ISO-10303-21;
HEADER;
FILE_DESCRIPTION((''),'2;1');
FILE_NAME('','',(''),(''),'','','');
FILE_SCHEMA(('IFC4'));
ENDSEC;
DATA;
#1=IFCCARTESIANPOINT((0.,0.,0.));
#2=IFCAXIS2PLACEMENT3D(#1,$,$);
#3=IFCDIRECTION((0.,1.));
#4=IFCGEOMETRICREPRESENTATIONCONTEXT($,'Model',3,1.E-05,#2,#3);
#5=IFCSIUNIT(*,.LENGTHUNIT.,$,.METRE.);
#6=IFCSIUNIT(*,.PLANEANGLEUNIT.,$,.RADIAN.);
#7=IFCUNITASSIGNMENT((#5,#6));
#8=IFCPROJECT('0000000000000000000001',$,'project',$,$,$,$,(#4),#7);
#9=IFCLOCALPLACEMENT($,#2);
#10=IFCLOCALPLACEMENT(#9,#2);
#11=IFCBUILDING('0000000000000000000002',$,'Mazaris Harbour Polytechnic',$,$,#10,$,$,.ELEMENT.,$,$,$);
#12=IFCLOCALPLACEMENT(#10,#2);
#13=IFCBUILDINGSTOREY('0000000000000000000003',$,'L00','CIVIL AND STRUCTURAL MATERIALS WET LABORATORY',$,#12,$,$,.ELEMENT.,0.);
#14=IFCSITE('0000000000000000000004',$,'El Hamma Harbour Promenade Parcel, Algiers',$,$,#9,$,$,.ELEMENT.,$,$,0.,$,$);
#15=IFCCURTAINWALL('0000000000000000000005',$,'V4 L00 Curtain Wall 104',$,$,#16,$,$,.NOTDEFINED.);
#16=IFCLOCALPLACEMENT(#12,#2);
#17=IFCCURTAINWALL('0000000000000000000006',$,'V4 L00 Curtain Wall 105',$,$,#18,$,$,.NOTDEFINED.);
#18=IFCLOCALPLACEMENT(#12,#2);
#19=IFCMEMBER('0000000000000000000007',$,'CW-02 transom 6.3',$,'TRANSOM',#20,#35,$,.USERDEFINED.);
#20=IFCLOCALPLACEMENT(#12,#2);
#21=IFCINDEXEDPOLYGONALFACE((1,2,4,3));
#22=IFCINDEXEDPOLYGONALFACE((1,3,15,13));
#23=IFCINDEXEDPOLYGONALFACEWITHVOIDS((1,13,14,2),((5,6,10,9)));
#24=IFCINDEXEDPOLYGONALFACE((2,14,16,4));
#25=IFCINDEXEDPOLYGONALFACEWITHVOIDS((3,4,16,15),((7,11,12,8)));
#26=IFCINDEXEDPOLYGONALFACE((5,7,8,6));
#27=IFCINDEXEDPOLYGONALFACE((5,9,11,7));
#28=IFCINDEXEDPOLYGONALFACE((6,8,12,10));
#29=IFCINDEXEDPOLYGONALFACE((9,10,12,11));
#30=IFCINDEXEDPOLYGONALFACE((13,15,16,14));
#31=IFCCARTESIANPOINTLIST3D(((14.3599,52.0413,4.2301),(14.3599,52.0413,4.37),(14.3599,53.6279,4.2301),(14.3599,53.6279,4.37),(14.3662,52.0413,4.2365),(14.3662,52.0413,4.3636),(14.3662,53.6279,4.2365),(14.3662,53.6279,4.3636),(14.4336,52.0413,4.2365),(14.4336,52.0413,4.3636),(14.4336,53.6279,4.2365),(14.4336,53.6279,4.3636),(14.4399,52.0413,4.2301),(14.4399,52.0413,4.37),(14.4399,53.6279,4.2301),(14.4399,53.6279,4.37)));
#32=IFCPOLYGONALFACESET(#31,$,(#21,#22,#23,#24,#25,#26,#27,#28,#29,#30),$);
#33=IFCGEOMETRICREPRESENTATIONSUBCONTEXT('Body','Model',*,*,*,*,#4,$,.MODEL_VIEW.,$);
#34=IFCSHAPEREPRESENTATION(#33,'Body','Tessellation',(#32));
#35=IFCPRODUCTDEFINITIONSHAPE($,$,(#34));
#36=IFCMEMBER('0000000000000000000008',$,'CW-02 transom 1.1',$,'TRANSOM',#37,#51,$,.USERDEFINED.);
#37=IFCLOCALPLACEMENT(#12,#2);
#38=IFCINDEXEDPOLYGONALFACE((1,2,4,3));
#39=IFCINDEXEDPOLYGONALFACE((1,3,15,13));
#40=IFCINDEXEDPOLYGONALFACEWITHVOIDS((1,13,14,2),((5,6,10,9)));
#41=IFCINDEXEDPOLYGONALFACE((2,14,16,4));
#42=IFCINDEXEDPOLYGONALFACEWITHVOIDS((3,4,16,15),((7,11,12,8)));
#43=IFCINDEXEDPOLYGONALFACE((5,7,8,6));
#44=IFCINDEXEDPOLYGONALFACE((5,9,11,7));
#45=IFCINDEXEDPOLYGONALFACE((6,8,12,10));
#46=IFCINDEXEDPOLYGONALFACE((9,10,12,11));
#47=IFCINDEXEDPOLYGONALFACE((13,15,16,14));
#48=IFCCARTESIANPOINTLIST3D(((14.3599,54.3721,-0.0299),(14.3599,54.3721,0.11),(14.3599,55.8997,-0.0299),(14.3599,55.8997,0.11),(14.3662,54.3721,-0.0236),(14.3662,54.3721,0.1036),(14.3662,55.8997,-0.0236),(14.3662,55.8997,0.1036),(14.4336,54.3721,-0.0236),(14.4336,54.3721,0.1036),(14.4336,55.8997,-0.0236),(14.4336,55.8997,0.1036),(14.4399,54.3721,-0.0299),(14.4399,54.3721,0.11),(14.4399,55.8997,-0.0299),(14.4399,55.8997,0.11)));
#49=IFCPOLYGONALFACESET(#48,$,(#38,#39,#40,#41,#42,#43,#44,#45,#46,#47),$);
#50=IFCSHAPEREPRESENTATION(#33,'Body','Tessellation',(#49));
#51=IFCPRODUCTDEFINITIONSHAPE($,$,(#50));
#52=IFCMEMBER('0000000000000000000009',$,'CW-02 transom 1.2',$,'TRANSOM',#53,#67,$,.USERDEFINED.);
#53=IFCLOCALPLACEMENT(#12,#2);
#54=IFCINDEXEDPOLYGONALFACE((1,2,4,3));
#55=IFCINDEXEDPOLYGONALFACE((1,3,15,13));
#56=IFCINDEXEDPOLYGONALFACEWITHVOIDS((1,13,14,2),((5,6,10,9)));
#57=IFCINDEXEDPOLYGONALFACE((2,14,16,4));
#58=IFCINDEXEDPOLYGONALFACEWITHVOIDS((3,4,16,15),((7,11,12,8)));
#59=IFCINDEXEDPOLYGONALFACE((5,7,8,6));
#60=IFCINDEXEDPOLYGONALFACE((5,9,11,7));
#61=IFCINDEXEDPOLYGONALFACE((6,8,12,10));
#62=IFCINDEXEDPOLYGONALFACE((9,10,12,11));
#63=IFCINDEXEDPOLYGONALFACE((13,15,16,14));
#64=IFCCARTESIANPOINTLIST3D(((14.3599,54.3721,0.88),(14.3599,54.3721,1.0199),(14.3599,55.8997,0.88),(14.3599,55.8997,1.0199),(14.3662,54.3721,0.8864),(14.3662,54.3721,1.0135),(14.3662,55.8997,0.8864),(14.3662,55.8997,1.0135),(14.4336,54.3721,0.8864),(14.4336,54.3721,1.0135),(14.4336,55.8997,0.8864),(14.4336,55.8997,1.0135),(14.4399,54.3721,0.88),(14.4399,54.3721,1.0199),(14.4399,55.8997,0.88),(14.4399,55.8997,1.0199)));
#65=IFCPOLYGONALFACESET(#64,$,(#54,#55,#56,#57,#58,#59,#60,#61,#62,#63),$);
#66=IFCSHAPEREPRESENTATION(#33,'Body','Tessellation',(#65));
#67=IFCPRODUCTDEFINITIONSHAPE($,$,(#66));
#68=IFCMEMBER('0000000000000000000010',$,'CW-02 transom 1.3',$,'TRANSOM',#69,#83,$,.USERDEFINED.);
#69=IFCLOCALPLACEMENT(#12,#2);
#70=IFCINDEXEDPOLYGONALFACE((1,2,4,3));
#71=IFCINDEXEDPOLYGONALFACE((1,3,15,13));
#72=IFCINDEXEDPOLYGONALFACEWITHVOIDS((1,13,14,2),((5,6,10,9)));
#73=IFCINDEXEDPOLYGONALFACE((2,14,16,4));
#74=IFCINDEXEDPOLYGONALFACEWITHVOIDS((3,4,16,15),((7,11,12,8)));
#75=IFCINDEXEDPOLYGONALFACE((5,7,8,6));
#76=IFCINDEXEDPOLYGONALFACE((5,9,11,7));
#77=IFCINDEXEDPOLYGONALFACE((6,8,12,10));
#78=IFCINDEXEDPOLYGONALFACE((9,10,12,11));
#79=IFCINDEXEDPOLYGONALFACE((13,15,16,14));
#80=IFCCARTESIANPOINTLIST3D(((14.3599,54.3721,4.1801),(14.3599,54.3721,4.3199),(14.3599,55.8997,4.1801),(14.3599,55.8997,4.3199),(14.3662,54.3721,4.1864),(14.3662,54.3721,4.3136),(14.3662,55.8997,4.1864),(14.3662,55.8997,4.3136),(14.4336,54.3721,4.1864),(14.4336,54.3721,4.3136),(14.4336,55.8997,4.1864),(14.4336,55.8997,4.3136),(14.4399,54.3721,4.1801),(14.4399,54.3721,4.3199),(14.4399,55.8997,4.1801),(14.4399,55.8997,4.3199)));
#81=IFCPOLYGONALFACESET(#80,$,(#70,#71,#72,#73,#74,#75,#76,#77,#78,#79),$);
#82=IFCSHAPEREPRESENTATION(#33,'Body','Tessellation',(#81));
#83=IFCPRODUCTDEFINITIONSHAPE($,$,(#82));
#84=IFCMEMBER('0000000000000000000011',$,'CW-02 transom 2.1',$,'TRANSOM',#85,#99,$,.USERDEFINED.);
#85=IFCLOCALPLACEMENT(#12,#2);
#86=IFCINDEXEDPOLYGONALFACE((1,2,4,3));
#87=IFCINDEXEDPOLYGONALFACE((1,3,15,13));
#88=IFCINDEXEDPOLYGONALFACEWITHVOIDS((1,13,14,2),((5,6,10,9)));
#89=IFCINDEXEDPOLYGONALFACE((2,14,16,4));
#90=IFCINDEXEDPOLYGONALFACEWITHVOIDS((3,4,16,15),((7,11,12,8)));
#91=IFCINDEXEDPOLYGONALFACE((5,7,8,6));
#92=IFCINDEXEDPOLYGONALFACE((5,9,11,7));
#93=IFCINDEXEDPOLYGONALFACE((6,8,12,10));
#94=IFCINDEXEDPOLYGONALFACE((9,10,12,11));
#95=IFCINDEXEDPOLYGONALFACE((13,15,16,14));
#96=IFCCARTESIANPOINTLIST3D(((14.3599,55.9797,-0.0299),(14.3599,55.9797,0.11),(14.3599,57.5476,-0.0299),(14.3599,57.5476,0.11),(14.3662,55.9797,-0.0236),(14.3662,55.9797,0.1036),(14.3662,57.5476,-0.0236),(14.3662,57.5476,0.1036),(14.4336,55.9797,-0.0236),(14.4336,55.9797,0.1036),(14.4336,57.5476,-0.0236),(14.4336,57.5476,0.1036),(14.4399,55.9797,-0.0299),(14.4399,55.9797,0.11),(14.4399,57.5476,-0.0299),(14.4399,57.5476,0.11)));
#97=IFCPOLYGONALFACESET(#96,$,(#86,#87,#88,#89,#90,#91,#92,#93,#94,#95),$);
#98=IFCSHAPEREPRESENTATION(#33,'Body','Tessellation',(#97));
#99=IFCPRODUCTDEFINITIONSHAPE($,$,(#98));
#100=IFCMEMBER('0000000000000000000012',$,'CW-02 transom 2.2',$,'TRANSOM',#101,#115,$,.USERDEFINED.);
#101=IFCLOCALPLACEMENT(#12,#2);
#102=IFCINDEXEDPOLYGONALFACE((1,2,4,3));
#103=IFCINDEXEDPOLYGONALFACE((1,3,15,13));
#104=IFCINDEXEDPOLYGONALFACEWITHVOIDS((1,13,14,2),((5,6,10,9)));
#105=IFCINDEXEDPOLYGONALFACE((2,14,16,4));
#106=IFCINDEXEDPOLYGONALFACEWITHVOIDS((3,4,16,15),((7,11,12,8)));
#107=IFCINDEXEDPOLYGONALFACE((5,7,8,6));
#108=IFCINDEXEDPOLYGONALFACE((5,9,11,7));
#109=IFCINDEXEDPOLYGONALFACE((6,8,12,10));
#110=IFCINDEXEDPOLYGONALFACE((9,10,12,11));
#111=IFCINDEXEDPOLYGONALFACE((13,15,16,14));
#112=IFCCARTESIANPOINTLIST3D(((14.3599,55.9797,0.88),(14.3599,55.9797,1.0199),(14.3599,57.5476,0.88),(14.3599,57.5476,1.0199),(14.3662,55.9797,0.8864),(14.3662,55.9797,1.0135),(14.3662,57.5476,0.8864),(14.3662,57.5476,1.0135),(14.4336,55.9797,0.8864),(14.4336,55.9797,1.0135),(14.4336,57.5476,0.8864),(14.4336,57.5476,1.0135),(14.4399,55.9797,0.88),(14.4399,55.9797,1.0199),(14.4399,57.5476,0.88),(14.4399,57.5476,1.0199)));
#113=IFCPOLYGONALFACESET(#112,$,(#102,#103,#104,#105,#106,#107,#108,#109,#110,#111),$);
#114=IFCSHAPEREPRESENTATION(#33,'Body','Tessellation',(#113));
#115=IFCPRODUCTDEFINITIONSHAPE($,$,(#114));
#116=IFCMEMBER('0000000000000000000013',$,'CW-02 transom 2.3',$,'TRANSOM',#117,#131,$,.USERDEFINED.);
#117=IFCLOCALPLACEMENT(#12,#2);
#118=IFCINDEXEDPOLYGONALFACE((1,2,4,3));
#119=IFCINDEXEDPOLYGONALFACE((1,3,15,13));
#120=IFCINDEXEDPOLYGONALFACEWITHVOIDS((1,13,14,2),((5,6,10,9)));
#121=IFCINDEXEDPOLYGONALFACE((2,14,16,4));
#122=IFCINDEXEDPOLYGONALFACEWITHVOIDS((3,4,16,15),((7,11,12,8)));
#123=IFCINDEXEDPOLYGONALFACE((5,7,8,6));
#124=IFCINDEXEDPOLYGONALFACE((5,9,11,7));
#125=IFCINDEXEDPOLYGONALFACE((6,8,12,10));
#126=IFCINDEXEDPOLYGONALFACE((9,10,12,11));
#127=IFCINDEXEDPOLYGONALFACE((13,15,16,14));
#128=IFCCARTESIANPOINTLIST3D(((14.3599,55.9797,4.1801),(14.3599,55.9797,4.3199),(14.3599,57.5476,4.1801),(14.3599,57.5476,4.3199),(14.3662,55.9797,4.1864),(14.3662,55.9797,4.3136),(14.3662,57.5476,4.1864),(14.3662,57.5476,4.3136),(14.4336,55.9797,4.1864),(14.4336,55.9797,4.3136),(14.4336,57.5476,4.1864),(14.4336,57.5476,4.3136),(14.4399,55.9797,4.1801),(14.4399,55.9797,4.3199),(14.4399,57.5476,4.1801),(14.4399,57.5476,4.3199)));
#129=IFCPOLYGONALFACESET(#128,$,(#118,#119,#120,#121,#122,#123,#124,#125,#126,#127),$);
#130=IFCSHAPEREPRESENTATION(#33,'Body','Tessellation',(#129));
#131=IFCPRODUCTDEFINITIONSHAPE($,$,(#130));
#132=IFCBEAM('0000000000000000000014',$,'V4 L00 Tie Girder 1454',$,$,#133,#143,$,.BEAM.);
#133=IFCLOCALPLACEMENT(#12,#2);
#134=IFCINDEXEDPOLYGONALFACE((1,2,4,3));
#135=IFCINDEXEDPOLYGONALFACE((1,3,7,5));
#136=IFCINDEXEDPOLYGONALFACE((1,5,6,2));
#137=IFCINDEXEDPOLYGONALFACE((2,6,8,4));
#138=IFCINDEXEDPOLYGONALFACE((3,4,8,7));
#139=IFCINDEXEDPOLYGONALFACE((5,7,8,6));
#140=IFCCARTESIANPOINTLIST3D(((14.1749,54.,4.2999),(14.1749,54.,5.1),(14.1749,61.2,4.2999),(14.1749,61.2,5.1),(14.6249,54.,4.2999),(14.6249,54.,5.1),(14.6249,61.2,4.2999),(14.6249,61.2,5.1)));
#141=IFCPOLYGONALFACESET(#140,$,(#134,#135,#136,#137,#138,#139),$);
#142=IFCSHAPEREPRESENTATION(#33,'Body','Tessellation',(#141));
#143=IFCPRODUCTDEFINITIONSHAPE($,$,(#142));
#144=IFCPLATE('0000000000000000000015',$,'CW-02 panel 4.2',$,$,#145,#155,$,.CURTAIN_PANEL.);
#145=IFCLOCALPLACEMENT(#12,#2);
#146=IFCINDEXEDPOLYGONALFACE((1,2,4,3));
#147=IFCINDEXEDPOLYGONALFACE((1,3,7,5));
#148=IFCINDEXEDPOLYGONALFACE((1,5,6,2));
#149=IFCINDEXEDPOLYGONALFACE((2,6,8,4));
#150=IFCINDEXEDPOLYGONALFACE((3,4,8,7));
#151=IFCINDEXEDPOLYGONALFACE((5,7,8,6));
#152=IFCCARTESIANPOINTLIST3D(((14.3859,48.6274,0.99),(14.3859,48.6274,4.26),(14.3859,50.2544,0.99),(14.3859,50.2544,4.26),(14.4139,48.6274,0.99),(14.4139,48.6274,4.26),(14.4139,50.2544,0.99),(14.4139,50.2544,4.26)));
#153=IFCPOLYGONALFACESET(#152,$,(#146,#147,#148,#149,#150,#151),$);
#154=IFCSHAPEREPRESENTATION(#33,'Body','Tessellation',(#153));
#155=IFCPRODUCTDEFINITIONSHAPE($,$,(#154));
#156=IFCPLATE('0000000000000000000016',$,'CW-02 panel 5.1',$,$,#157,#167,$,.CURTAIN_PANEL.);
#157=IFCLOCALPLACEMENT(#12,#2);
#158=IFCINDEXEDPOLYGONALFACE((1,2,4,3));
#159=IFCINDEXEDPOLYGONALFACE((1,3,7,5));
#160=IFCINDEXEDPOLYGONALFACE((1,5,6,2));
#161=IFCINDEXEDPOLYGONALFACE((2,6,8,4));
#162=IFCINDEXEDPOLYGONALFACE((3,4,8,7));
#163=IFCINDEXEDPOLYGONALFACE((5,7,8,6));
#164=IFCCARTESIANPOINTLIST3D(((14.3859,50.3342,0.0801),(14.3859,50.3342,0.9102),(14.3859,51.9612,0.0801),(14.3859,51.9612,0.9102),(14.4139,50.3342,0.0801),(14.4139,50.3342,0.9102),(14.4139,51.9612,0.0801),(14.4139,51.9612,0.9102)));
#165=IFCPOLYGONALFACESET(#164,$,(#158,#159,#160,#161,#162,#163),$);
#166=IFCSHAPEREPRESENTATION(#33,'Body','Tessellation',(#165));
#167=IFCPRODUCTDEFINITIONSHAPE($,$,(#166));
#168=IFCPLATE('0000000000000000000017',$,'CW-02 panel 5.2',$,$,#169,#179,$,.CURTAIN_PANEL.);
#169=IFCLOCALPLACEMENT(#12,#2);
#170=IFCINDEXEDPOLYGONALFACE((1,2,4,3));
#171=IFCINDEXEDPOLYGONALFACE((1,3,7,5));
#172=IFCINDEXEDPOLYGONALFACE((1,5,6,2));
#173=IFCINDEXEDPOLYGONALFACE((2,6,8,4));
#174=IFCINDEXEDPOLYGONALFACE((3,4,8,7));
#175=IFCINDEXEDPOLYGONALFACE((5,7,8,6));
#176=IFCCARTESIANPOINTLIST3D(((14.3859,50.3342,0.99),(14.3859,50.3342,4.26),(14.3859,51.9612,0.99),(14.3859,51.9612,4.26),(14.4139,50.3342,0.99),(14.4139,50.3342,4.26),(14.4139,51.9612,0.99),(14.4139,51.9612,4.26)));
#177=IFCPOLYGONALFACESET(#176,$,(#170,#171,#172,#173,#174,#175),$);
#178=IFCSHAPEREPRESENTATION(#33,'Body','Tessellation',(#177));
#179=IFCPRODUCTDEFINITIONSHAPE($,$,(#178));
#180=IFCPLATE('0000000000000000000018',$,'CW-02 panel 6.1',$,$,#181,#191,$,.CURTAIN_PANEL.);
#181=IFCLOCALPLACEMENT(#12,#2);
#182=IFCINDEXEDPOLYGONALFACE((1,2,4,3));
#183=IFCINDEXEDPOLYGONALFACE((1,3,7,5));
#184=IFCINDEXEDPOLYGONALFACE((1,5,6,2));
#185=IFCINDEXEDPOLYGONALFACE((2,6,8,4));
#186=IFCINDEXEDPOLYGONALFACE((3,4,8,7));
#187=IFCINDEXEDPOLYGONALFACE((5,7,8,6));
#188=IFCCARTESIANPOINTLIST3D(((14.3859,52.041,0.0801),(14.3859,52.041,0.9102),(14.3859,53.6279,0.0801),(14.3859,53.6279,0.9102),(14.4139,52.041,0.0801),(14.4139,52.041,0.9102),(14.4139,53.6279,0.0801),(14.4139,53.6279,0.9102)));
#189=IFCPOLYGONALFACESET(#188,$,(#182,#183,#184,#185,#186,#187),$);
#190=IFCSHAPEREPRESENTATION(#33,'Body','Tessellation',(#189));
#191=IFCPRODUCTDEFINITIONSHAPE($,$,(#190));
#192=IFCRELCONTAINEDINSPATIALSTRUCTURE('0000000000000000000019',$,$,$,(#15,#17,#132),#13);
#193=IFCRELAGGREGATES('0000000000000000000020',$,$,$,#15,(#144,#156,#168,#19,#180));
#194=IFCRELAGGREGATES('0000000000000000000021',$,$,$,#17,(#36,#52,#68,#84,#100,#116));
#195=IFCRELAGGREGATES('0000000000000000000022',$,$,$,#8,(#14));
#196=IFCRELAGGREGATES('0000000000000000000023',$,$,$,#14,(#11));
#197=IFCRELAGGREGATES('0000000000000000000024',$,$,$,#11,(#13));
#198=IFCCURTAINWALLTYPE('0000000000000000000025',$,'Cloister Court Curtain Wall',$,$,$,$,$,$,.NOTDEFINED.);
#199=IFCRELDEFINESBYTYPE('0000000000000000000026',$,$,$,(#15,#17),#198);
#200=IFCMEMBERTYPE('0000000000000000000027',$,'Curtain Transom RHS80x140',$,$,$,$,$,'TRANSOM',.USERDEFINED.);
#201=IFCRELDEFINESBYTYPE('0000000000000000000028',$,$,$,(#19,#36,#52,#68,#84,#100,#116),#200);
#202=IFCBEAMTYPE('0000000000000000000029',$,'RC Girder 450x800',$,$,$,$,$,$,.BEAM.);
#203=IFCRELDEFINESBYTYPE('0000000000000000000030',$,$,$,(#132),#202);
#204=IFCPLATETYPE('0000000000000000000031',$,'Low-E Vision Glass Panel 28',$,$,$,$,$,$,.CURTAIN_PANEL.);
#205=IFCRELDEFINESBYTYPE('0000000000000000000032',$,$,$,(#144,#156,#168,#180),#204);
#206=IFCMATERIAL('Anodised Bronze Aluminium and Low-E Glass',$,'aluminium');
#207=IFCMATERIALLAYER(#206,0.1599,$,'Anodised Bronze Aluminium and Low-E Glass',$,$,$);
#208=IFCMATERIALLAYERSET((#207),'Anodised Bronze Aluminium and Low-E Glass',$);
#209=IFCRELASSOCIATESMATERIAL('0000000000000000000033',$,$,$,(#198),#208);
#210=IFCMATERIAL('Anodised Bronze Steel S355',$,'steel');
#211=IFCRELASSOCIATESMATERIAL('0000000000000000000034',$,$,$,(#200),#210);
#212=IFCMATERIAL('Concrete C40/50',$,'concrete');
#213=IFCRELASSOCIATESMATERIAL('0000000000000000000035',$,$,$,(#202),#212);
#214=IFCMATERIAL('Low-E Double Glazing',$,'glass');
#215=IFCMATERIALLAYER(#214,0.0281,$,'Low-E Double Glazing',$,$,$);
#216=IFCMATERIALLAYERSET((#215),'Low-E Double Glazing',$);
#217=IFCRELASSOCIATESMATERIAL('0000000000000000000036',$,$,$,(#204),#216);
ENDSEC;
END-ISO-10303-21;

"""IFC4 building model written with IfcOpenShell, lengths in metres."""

from ifc_helpers import new_model, si_unit, direction, frame, origin, origin_2d, place, context, subcontext, project, spatial, rectangle, hollow_rectangle, extrude, material, layer, layer_set, material_profile, profile_set, type_object, element, aggregate, save


model = new_model("IFC4")

# Units and contexts
model_context = context("Model", 3, precision=1e-05, world=origin(), true_north=direction((0.0, 1.0)))
body_context = subcontext(model_context, "Body", "Model", "MODEL_VIEW")
ifc_project = project(units=[si_unit("LENGTHUNIT", "METRE"), si_unit("PLANEANGLEUNIT", "RADIAN")], contexts=[model_context])

# Site, building, storey
site_placement = place(None, origin())
site = spatial("IfcSite", under=ifc_project, at=site_placement, Name="El Hamma Harbour Promenade Parcel, Algiers", CompositionType="ELEMENT", RefElevation=0.0)
building_placement = place(site_placement, origin())
building = spatial("IfcBuilding", under=site, at=building_placement, Name="Mazaris Harbour Polytechnic", CompositionType="ELEMENT")
storey_placement = place(building_placement, origin())
storey = spatial("IfcBuildingStorey", under=building, at=storey_placement, Name="L00", Description="CIVIL AND STRUCTURAL MATERIALS WET LABORATORY", CompositionType="ELEMENT", Elevation=0.0)

# Curtain walls
ifc_material_1 = material(Name="Anodised Bronze Aluminium and Low-E Glass", Category="aluminium")
ifc_layer_1 = layer(ifc_material_1, 0.1599, Name="Anodised Bronze Aluminium and Low-E Glass")
ifc_layer_set_1 = layer_set([ifc_layer_1], Name="Anodised Bronze Aluminium and Low-E Glass")
curtain_wall_type = type_object("IfcCurtainWallType", Name="Cloister Court Curtain Wall", PredefinedType="NOTDEFINED", material=ifc_layer_set_1)
curtain_wall_1_placement = place(storey_placement, origin())
curtain_wall_1 = element("IfcCurtainWall", 1, at=curtain_wall_1_placement, inside=storey, type_object=curtain_wall_type, Name="V4 L00 Curtain Wall 104", PredefinedType="NOTDEFINED")
curtain_wall_2_placement = place(storey_placement, origin())
curtain_wall_2 = element("IfcCurtainWall", 2, at=curtain_wall_2_placement, inside=storey, type_object=curtain_wall_type, Name="V4 L00 Curtain Wall 105", PredefinedType="NOTDEFINED")

# Members
ifc_material_2 = material(Name="Anodised Bronze Steel S355", Category="steel")
ifc_material_profile_1 = material_profile(ifc_material_2, hollow_rectangle(XDim=0.0801, YDim=0.1399, WallThickness=0.0063, at=origin_2d()), Name="RHS 80x140x6.3")
ifc_profile_set_1 = profile_set([ifc_material_profile_1], Name="Anodised Bronze Steel S355")
member_type_1 = type_object("IfcMemberType", Name="Curtain Transom RHS80x140", ElementType="TRANSOM", PredefinedType="USERDEFINED", material=ifc_profile_set_1)
member_1_placement = place(storey_placement, frame((14.3999, 52.0413, 4.3), z_axis=(0.0, 1.0, 0.0), x_axis=(-1.0, 0.0, 0.0)))
member_1 = element("IfcMember", 3, at=member_1_placement, type_object=member_type_1, Name="CW-02 transom 6.3", ObjectType="TRANSOM", PredefinedType="USERDEFINED", context=body_context, shape_type="SweptSolid", body=[
    extrude(hollow_rectangle(XDim=0.0801, YDim=0.1399, WallThickness=0.0063, at=origin_2d()), origin(), (0.0, 0.0, 1.0), 1.5867),
])
member_2_placement = place(storey_placement, frame((14.3999, 54.3721, 0.04), z_axis=(0.0, 1.0, 0.0), x_axis=(-1.0, 0.0, 0.0)))
member_2 = element("IfcMember", 4, at=member_2_placement, type_object=member_type_1, Name="CW-02 transom 1.1", ObjectType="TRANSOM", PredefinedType="USERDEFINED", context=body_context, shape_type="SweptSolid", body=[
    extrude(hollow_rectangle(XDim=0.0801, YDim=0.1399, WallThickness=0.0063, at=origin_2d()), origin(), (0.0, 0.0, 1.0), 1.5276),
])
member_3_placement = place(storey_placement, frame((14.3999, 54.3721, 0.95), z_axis=(0.0, 1.0, 0.0), x_axis=(-1.0, 0.0, 0.0)))
member_3 = element("IfcMember", 5, at=member_3_placement, type_object=member_type_1, Name="CW-02 transom 1.2", ObjectType="TRANSOM", PredefinedType="USERDEFINED", context=body_context, shape_type="SweptSolid", body=[
    extrude(hollow_rectangle(XDim=0.0801, YDim=0.1399, WallThickness=0.0063, at=origin_2d()), origin(), (0.0, 0.0, 1.0), 1.5276),
])
member_4_placement = place(storey_placement, frame((14.3999, 54.3721, 4.25), z_axis=(0.0, 1.0, 0.0), x_axis=(-1.0, 0.0, 0.0)))
member_4 = element("IfcMember", 6, at=member_4_placement, type_object=member_type_1, Name="CW-02 transom 1.3", ObjectType="TRANSOM", PredefinedType="USERDEFINED", context=body_context, shape_type="SweptSolid", body=[
    extrude(hollow_rectangle(XDim=0.0801, YDim=0.1399, WallThickness=0.0063, at=origin_2d()), origin(), (0.0, 0.0, 1.0), 1.5276),
])
member_5_placement = place(storey_placement, frame((14.3999, 55.9797, 0.04), z_axis=(0.0, 1.0, 0.0), x_axis=(-1.0, 0.0, 0.0)))
member_5 = element("IfcMember", 7, at=member_5_placement, type_object=member_type_1, Name="CW-02 transom 2.1", ObjectType="TRANSOM", PredefinedType="USERDEFINED", context=body_context, shape_type="SweptSolid", body=[
    extrude(hollow_rectangle(XDim=0.0801, YDim=0.1399, WallThickness=0.0063, at=origin_2d()), origin(), (0.0, 0.0, 1.0), 1.5679),
])
member_6_placement = place(storey_placement, frame((14.3999, 55.9797, 0.95), z_axis=(0.0, 1.0, 0.0), x_axis=(-1.0, 0.0, 0.0)))
member_6 = element("IfcMember", 8, at=member_6_placement, type_object=member_type_1, Name="CW-02 transom 2.2", ObjectType="TRANSOM", PredefinedType="USERDEFINED", context=body_context, shape_type="SweptSolid", body=[
    extrude(hollow_rectangle(XDim=0.0801, YDim=0.1399, WallThickness=0.0063, at=origin_2d()), origin(), (0.0, 0.0, 1.0), 1.5679),
])
member_7_placement = place(storey_placement, frame((14.3999, 55.9797, 4.25), z_axis=(0.0, 1.0, 0.0), x_axis=(-1.0, 0.0, 0.0)))
member_7 = element("IfcMember", 9, at=member_7_placement, type_object=member_type_1, Name="CW-02 transom 2.3", ObjectType="TRANSOM", PredefinedType="USERDEFINED", context=body_context, shape_type="SweptSolid", body=[
    extrude(hollow_rectangle(XDim=0.0801, YDim=0.1399, WallThickness=0.0063, at=origin_2d()), origin(), (0.0, 0.0, 1.0), 1.5679),
])

# Beam
ifc_material_3 = material(Name="Concrete C40/50", Category="concrete")
ifc_material_profile_2 = material_profile(ifc_material_3, rectangle(XDim=0.45, YDim=0.8, at=origin_2d()), Name="RECT450x800")
ifc_profile_set_2 = profile_set([ifc_material_profile_2], Name="Concrete C40/50")
beam_type = type_object("IfcBeamType", Name="RC Girder 450x800", PredefinedType="BEAM", material=ifc_profile_set_2)
beam_placement = place(storey_placement, frame((14.3999, 54.0, 4.7), z_axis=(0.0, 1.0, 0.0), x_axis=(-1.0, 0.0, 0.0)))
element("IfcBeam", 10, at=beam_placement, inside=storey, type_object=beam_type, Name="V4 L00 Tie Girder 1454", PredefinedType="BEAM", context=body_context, shape_type="SweptSolid", body=[
    extrude(rectangle(XDim=0.45, YDim=0.8, at=origin_2d()), origin(), (0.0, 0.0, 1.0), 7.2),
])

# Plates
ifc_material_4 = material(Name="Low-E Double Glazing", Category="glass")
ifc_layer_2 = layer(ifc_material_4, 0.0281, Name="Low-E Double Glazing")
ifc_layer_set_2 = layer_set([ifc_layer_2], Name="Low-E Double Glazing")
plate_type = type_object("IfcPlateType", Name="Low-E Vision Glass Panel 28", PredefinedType="CURTAIN_PANEL", material=ifc_layer_set_2)
plate_1_placement = place(storey_placement, frame((14.3999, 49.4409, 0.99), z_axis=(0.0, 0.0, 1.0), x_axis=(0.0, 1.0, 0.0)))
plate_1 = element("IfcPlate", 11, at=plate_1_placement, type_object=plate_type, Name="CW-02 panel 4.2", PredefinedType="CURTAIN_PANEL", context=body_context, shape_type="SweptSolid", body=[
    extrude(rectangle(XDim=1.627, YDim=0.0281, at=origin_2d()), origin(), (0.0, 0.0, 1.0), 3.27),
])
plate_2_placement = place(storey_placement, frame((14.3999, 51.1477, 0.0801), z_axis=(0.0, 0.0, 1.0), x_axis=(0.0, 1.0, 0.0)))
plate_2 = element("IfcPlate", 12, at=plate_2_placement, type_object=plate_type, Name="CW-02 panel 5.1", PredefinedType="CURTAIN_PANEL", context=body_context, shape_type="SweptSolid", body=[
    extrude(rectangle(XDim=1.627, YDim=0.0281, at=origin_2d()), origin(), (0.0, 0.0, 1.0), 0.8301),
])
plate_3_placement = place(storey_placement, frame((14.3999, 51.1477, 0.99), z_axis=(0.0, 0.0, 1.0), x_axis=(0.0, 1.0, 0.0)))
plate_3 = element("IfcPlate", 13, at=plate_3_placement, type_object=plate_type, Name="CW-02 panel 5.2", PredefinedType="CURTAIN_PANEL", context=body_context, shape_type="SweptSolid", body=[
    extrude(rectangle(XDim=1.627, YDim=0.0281, at=origin_2d()), origin(), (0.0, 0.0, 1.0), 3.27),
])
plate_4_placement = place(storey_placement, frame((14.3999, 52.8345, 0.0801), z_axis=(0.0, 0.0, 1.0), x_axis=(0.0, 1.0, 0.0)))
plate_4 = element("IfcPlate", 14, at=plate_4_placement, type_object=plate_type, Name="CW-02 panel 6.1", PredefinedType="CURTAIN_PANEL", context=body_context, shape_type="SweptSolid", body=[
    extrude(rectangle(XDim=1.5869, YDim=0.0281, at=origin_2d()), origin(), (0.0, 0.0, 1.0), 0.8301),
])
aggregate(curtain_wall_1, [plate_1, plate_2, plate_3, member_1, plate_4])
aggregate(curtain_wall_2, [member_2, member_3, member_4, member_5, member_6, member_7])

save(model, "model.ifc")
